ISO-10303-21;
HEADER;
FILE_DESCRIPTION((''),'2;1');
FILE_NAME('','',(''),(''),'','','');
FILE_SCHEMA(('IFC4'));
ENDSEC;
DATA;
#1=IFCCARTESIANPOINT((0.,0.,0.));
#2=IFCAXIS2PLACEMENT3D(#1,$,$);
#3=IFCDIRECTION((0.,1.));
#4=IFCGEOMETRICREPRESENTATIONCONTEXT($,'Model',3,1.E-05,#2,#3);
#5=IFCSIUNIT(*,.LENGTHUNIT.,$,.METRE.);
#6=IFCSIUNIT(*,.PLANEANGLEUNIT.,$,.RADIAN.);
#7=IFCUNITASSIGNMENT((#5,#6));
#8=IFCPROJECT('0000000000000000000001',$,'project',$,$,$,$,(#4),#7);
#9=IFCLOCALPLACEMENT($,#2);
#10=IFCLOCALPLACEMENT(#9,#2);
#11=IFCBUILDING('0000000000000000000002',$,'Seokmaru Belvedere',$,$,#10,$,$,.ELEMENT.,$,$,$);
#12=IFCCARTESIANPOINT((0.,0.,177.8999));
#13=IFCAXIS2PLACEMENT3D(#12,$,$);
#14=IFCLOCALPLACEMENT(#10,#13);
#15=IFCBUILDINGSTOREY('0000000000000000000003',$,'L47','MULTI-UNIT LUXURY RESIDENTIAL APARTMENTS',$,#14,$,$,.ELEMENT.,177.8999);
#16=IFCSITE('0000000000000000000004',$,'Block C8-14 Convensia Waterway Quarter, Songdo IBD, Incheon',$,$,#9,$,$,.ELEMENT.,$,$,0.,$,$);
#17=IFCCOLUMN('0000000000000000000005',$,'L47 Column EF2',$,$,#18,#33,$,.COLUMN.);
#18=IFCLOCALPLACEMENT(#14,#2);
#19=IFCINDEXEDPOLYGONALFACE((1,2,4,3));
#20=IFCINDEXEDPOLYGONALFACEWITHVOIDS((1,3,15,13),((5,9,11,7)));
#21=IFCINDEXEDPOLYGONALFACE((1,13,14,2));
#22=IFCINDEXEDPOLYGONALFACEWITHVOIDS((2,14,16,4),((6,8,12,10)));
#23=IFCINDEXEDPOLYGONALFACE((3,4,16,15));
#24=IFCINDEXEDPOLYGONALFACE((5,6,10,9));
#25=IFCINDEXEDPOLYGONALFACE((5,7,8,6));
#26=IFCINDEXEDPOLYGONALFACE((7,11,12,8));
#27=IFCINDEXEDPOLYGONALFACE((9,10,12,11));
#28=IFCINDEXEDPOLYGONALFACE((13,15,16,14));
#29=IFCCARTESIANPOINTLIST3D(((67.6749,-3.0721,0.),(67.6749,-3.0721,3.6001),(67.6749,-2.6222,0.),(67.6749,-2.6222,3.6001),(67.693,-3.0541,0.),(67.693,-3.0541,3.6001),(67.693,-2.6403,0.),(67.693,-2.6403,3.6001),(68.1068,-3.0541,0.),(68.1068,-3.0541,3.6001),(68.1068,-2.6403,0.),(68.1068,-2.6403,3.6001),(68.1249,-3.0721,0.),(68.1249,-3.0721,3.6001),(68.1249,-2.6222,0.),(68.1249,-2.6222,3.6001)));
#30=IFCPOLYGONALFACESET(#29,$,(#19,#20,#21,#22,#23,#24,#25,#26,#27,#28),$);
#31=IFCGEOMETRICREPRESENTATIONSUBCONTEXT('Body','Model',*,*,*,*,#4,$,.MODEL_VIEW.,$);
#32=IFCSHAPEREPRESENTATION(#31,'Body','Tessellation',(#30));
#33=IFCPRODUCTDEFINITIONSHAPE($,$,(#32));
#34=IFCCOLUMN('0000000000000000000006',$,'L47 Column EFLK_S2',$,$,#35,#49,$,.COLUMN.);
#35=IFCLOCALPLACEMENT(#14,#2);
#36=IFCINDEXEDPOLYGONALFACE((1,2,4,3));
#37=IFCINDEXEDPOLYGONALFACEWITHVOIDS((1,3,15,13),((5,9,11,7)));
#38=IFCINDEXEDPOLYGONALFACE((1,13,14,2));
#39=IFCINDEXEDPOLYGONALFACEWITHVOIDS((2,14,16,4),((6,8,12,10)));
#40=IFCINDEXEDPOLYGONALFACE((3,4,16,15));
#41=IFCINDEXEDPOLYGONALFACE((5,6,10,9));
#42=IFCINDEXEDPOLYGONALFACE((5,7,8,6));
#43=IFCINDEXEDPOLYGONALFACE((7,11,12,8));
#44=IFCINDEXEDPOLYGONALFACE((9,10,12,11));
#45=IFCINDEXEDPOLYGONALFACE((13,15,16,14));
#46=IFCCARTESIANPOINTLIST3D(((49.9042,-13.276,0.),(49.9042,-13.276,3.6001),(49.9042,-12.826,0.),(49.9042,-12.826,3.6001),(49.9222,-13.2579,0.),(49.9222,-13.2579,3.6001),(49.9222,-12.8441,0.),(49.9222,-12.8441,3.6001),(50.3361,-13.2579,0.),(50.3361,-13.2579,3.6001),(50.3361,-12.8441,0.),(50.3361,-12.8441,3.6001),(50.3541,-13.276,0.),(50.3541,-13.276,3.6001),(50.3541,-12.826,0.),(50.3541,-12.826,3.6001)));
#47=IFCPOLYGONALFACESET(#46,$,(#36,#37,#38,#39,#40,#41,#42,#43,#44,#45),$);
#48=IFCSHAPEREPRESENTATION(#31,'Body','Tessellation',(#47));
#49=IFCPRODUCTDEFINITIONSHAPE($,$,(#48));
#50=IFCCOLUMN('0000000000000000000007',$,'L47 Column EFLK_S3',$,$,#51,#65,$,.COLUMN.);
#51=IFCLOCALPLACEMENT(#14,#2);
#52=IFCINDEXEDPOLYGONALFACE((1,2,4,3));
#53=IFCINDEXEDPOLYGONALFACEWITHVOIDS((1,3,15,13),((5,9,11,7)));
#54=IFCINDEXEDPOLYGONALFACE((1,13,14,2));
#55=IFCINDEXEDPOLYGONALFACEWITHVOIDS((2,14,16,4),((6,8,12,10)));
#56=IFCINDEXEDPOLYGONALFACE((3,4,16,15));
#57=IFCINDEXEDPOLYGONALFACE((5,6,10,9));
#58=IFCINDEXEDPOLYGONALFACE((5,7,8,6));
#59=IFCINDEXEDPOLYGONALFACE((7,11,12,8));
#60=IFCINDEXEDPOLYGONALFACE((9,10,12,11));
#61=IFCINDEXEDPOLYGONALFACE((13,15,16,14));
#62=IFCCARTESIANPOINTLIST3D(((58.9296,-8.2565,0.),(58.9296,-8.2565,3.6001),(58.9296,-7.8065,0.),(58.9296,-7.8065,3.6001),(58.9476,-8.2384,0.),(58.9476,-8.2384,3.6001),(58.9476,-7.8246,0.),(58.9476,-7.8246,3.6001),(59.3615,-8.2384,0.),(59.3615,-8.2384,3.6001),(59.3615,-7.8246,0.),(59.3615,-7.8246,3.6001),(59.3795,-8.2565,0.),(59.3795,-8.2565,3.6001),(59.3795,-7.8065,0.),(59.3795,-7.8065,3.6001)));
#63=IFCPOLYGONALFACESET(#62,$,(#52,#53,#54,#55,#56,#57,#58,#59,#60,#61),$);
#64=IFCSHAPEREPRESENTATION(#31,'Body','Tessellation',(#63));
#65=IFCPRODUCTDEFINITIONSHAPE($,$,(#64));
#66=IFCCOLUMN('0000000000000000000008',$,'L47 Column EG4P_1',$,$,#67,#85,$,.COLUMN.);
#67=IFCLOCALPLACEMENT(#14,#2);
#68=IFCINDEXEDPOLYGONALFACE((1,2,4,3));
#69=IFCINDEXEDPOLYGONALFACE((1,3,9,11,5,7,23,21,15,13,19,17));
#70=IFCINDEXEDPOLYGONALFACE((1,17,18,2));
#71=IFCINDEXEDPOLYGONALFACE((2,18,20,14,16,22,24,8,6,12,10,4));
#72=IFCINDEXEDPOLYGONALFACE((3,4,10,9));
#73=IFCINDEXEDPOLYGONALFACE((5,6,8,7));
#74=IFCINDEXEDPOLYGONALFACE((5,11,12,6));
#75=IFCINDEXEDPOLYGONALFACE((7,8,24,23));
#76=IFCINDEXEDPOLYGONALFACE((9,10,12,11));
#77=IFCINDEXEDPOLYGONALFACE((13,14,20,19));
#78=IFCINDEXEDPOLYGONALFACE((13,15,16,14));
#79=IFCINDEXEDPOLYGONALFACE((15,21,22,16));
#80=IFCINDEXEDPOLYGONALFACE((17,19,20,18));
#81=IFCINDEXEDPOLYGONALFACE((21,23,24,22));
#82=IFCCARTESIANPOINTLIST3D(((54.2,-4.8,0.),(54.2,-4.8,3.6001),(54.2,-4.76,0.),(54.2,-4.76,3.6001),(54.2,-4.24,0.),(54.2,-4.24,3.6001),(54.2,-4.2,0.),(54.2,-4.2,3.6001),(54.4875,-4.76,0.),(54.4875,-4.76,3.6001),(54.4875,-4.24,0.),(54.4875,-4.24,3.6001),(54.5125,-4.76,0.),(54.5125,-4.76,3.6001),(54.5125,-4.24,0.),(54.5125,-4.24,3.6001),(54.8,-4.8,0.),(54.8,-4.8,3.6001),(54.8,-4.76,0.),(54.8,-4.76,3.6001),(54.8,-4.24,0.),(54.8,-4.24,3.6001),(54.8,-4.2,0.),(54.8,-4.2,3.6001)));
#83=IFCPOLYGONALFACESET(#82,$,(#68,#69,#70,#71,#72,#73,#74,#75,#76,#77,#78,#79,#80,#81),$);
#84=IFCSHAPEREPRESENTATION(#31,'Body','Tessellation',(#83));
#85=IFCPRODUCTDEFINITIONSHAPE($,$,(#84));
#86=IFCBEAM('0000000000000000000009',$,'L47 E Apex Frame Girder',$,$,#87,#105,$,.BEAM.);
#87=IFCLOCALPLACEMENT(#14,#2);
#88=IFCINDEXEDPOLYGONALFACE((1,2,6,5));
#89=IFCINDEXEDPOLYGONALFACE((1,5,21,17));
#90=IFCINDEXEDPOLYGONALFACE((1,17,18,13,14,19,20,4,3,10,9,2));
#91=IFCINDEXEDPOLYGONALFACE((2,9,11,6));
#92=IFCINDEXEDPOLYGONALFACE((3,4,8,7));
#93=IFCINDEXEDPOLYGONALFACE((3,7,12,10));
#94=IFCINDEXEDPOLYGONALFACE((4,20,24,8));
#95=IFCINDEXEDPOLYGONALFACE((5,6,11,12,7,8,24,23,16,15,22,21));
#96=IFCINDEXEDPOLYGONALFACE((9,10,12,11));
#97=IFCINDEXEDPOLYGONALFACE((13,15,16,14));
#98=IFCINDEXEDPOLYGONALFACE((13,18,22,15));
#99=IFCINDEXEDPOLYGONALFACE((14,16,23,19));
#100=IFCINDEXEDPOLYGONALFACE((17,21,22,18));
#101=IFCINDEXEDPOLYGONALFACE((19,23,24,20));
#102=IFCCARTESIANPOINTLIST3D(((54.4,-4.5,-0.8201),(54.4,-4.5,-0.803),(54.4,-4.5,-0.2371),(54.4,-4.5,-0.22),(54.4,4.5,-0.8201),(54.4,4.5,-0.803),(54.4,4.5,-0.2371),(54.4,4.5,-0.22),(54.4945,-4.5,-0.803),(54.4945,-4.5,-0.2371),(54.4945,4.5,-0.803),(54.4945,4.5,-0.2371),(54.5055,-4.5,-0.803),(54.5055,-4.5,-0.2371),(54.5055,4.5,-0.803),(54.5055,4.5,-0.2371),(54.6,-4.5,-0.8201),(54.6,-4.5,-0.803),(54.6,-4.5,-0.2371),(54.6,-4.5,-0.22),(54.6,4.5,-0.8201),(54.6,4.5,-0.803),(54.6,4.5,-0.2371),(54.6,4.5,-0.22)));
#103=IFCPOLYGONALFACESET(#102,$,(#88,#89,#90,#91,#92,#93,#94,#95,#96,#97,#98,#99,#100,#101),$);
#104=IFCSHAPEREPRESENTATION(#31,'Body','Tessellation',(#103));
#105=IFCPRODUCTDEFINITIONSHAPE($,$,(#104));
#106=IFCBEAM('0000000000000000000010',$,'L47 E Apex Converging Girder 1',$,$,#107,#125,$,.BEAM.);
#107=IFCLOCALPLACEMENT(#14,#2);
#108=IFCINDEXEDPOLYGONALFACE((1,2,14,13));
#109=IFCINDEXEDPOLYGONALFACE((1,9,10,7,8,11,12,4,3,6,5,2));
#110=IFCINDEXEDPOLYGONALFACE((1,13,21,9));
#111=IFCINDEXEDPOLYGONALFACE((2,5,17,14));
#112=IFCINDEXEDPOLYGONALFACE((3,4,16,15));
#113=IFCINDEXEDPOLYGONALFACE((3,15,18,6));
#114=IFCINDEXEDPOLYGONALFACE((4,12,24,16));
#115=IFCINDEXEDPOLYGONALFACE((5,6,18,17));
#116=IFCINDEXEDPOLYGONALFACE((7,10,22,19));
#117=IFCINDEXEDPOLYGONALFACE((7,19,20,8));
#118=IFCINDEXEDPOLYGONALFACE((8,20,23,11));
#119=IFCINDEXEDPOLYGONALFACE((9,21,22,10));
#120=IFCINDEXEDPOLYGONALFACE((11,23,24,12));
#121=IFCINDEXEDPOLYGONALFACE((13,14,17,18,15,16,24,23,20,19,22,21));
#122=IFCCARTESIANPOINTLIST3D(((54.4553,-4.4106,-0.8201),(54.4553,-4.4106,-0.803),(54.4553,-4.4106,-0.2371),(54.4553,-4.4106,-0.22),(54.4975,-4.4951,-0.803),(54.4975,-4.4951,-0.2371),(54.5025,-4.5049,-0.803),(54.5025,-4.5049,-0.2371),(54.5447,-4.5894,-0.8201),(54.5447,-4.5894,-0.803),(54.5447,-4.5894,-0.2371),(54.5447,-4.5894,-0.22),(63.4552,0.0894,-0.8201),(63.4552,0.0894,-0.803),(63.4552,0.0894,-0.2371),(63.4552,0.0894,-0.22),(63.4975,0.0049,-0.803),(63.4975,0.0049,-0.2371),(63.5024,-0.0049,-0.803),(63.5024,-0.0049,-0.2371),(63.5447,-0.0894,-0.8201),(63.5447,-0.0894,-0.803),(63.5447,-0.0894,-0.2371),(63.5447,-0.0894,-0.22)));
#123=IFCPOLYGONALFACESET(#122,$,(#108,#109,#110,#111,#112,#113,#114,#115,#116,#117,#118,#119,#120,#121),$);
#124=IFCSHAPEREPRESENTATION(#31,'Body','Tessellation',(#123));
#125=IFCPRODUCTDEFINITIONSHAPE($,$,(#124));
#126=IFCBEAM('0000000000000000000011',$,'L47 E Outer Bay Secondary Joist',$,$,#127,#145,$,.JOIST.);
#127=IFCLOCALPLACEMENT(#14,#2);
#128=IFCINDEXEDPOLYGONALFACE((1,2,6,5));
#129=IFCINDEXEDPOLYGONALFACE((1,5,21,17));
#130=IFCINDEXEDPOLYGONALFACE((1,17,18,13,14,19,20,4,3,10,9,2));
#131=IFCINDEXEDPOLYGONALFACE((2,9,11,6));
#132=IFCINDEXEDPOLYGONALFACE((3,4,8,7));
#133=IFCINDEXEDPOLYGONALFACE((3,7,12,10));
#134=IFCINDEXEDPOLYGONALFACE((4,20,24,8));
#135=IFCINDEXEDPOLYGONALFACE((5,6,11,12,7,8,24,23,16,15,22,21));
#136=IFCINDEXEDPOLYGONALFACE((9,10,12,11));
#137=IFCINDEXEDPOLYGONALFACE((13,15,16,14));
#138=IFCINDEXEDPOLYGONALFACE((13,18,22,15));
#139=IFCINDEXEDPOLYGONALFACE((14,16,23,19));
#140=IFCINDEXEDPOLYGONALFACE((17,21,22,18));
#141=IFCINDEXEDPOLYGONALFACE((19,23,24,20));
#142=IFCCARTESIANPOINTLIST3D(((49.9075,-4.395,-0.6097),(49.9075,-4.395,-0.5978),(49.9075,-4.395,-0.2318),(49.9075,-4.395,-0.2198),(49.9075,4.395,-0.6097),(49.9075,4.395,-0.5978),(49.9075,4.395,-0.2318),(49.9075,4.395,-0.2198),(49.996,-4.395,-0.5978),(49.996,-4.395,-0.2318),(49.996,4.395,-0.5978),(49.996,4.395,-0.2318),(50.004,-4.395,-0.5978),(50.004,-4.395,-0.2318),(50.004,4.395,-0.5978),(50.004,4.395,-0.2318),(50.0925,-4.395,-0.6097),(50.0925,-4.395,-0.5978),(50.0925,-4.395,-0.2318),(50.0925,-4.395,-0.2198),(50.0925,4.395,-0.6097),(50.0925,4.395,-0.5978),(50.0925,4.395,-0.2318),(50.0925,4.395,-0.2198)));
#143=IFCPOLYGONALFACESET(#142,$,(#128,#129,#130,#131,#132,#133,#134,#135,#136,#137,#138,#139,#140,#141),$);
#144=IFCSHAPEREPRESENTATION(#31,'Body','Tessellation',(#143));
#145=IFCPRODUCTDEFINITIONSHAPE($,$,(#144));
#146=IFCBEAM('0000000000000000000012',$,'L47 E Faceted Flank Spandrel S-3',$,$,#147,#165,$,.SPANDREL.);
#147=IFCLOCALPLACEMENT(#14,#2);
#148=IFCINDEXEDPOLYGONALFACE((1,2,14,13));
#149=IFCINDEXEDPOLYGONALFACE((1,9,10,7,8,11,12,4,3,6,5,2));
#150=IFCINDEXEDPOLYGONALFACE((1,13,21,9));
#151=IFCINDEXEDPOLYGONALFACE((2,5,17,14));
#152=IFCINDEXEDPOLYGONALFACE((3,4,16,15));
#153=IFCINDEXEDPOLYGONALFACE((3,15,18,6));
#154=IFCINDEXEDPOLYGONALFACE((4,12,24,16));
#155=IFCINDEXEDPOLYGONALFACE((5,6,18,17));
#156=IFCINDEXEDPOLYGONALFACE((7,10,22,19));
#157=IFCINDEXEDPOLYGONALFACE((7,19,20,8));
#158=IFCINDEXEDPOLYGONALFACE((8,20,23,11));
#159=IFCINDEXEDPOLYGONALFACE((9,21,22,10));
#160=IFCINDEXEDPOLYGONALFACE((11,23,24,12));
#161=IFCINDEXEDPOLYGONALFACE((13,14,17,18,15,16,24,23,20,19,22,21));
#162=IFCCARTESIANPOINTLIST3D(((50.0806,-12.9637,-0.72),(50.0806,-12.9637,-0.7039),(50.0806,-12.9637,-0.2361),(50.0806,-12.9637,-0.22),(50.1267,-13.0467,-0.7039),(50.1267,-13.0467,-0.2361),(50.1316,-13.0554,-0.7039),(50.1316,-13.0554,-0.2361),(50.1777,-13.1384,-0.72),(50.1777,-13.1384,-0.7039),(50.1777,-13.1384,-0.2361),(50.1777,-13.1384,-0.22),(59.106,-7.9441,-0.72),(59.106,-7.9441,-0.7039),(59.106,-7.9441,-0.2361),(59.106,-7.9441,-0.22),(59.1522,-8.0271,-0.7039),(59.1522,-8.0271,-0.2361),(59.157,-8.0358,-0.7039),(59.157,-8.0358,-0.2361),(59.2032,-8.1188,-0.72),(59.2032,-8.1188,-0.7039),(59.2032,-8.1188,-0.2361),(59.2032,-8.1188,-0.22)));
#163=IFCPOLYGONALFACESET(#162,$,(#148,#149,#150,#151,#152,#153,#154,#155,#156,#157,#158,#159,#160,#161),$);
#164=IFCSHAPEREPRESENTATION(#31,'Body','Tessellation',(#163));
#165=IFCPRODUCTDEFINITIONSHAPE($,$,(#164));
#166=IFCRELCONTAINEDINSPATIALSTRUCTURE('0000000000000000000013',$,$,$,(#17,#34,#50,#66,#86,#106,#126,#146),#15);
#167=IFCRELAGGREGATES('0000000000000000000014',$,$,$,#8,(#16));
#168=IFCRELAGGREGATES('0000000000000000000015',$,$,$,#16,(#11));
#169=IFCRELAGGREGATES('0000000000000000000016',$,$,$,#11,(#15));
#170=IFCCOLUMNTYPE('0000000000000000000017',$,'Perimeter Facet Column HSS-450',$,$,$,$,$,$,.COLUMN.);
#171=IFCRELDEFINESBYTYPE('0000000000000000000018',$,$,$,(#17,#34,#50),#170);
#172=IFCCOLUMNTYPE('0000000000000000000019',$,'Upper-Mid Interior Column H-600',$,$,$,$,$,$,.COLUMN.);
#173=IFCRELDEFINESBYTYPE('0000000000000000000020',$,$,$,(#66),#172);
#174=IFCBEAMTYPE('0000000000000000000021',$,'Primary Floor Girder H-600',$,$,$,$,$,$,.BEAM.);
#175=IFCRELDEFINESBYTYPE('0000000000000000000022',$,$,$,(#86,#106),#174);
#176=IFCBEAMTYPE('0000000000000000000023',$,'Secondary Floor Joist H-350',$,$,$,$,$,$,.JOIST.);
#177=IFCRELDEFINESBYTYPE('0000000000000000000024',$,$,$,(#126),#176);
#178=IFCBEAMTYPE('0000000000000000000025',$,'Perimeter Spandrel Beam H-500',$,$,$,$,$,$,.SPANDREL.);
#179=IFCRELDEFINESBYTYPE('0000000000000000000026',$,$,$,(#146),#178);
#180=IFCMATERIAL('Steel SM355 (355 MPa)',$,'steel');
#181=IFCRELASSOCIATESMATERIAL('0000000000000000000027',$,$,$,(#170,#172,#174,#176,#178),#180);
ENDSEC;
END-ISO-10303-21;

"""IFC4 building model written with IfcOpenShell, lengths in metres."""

from ifc_helpers import new_model, si_unit, direction, frame, origin, origin_2d, place, context, subcontext, project, spatial, hollow_rectangle, i_section, extrude, source, transform, mapped, material, material_profile, profile_set, type_object, type_shapes, element, save


model = new_model("IFC4")

# Units and contexts
model_context = context("Model", 3, precision=1e-05, world=origin(), true_north=direction((0.0, 1.0)))
body_context = subcontext(model_context, "Body", "Model", "MODEL_VIEW")
ifc_project = project(units=[si_unit("LENGTHUNIT", "METRE"), si_unit("PLANEANGLEUNIT", "RADIAN")], contexts=[model_context])

# Site, building, storey
site_placement = place(None, origin())
site = spatial("IfcSite", under=ifc_project, at=site_placement, Name="Block C8-14 Convensia Waterway Quarter, Songdo IBD, Incheon", CompositionType="ELEMENT", RefElevation=0.0)
building_placement = place(site_placement, origin())
building = spatial("IfcBuilding", under=site, at=building_placement, Name="Seokmaru Belvedere", CompositionType="ELEMENT")
storey_placement = place(building_placement, frame((0.0, 0.0, 177.8999)))
storey = spatial("IfcBuildingStorey", under=building, at=storey_placement, Name="L47", Description="MULTI-UNIT LUXURY RESIDENTIAL APARTMENTS", CompositionType="ELEMENT", Elevation=177.8999)

# Columns
ifc_material_1 = material(Name="Steel SM355 (355 MPa)", Category="steel")
ifc_material_profile_1 = material_profile(ifc_material_1, hollow_rectangle(XDim=0.45, YDim=0.45, WallThickness=0.0181, at=origin_2d()), Name="HSS-450x450x18")
ifc_profile_set_1 = profile_set([ifc_material_profile_1], Name="Steel SM355 (355 MPa)")
column_type_1 = type_object("IfcColumnType", Name="Perimeter Facet Column HSS-450", PredefinedType="COLUMN", material=ifc_profile_set_1)
shared_shape_1 = source(origin(), body_context, "Body", "SweptSolid", [
    extrude(hollow_rectangle(XDim=0.45, YDim=0.45, WallThickness=0.0181, at=origin_2d()), origin(), (0.0, 0.0, 1.0), 3.6001),
])
type_shapes(column_type_1, [shared_shape_1])
for number, where, z_axis, x_axis, name in (
    (1, (67.8999, -2.8472, 0.0), (0.0, 0.0, 1.0), (1.0, 0.0, 0.0), "L47 Column EF2"),
    (2, (50.1292, -13.051, 0.0), (0.0, 0.0, 1.0), (1.0, 0.0, 0.0), "L47 Column EFLK_S2"),
    (3, (59.1545, -8.0315, 0.0), (0.0, 0.0, 1.0), (1.0, 0.0, 0.0), "L47 Column EFLK_S3"),
):
    element("IfcColumn", number, at=place(storey_placement, frame(where, z_axis=z_axis, x_axis=x_axis)), inside=storey, type_object=column_type_1, Name=name, PredefinedType="COLUMN", context=body_context, shape_type="MappedRepresentation", body=[
        mapped(shared_shape_1, transform((0.0, 0.0, 0.0), scale=1.0)),
    ])
ifc_material_profile_2 = material_profile(ifc_material_1, i_section(OverallWidth=0.6001, OverallDepth=0.6001, WebThickness=0.0249, FlangeThickness=0.04, at=origin_2d()), Name="H-600x600x25x40")
ifc_profile_set_2 = profile_set([ifc_material_profile_2], Name="Steel SM355 (355 MPa)")
column_type_2 = type_object("IfcColumnType", Name="Upper-Mid Interior Column H-600", PredefinedType="COLUMN", material=ifc_profile_set_2)
shared_shape_2 = source(origin(), body_context, "Body", "SweptSolid", [
    extrude(i_section(OverallWidth=0.6001, OverallDepth=0.6001, WebThickness=0.0249, FlangeThickness=0.04, at=origin_2d()), origin(), (0.0, 0.0, 1.0), 3.6001),
])
type_shapes(column_type_2, [shared_shape_2])
column_placement = place(storey_placement, frame((54.5, -4.5, 0.0), z_axis=(0.0, 0.0, 1.0), x_axis=(1.0, 0.0, 0.0)))
element("IfcColumn", 4, at=column_placement, inside=storey, type_object=column_type_2, Name="L47 Column EG4P_1", PredefinedType="COLUMN", context=body_context, shape_type="MappedRepresentation", body=[
    mapped(shared_shape_2, transform((0.0, 0.0, 0.0), scale=1.0)),
])

# Beams
ifc_material_profile_3 = material_profile(ifc_material_1, i_section(OverallWidth=0.2, OverallDepth=0.6001, WebThickness=0.011, FlangeThickness=0.0171, at=origin_2d()), Name="H-600x200x11x17")
ifc_profile_set_3 = profile_set([ifc_material_profile_3], Name="Steel SM355 (355 MPa)")
beam_type_1 = type_object("IfcBeamType", Name="Primary Floor Girder H-600", PredefinedType="BEAM", material=ifc_profile_set_3)
shared_shape_3 = source(origin(), body_context, "Body", "SweptSolid", [
    extrude(i_section(OverallWidth=0.2, OverallDepth=0.6001, WebThickness=0.011, FlangeThickness=0.0171, at=origin_2d()), origin(), (0.0, 0.0, 1.0), 9.0),
])
beam_1_placement = place(storey_placement, frame((54.5, -4.5, -0.52), z_axis=(0.0, 1.0, 0.0), x_axis=(-1.0, 0.0, 0.0)))
element("IfcBeam", 5, at=beam_1_placement, inside=storey, type_object=beam_type_1, Name="L47 E Apex Frame Girder", PredefinedType="BEAM", context=body_context, shape_type="MappedRepresentation", body=[
    mapped(shared_shape_3, transform((0.0, 0.0, 0.0), scale=1.0)),
])
shared_shape_4 = source(origin(), body_context, "Body", "SweptSolid", [
    extrude(i_section(OverallWidth=0.2, OverallDepth=0.6001, WebThickness=0.011, FlangeThickness=0.0171, at=origin_2d()), origin(), (0.0, 0.0, 1.0), 10.0623),
])
beam_2_placement = place(storey_placement, frame((54.5, -4.5, -0.52), z_axis=(0.894427, 0.447214, 0.0), x_axis=(-0.447214, 0.894427, 0.0)))
element("IfcBeam", 6, at=beam_2_placement, inside=storey, type_object=beam_type_1, Name="L47 E Apex Converging Girder 1", PredefinedType="BEAM", context=body_context, shape_type="MappedRepresentation", body=[
    mapped(shared_shape_4, transform((0.0, 0.0, 0.0), scale=1.0)),
])
ifc_material_profile_4 = material_profile(ifc_material_1, i_section(OverallWidth=0.1851, OverallDepth=0.3899, WebThickness=0.0081, FlangeThickness=0.012, at=origin_2d()), Name="H-390x185x8x12")
ifc_profile_set_4 = profile_set([ifc_material_profile_4], Name="Steel SM355 (355 MPa)")
beam_type_2 = type_object("IfcBeamType", Name="Secondary Floor Joist H-350", PredefinedType="JOIST", material=ifc_profile_set_4)
shared_shape_5 = source(origin(), body_context, "Body", "SweptSolid", [
    extrude(i_section(OverallWidth=0.1851, OverallDepth=0.3899, WebThickness=0.0081, FlangeThickness=0.012, at=origin_2d()), origin(), (0.0, 0.0, 1.0), 8.79),
])
type_shapes(beam_type_2, [shared_shape_5])
beam_3_placement = place(storey_placement, frame((50.0, -4.395, -0.4148), z_axis=(0.0, 1.0, 0.0), x_axis=(-1.0, 0.0, 0.0)))
element("IfcBeam", 7, at=beam_3_placement, inside=storey, type_object=beam_type_2, Name="L47 E Outer Bay Secondary Joist", PredefinedType="JOIST", context=body_context, shape_type="MappedRepresentation", body=[
    mapped(shared_shape_5, transform((0.0, 0.0, 0.0), scale=1.0)),
])
ifc_material_profile_5 = material_profile(ifc_material_1, i_section(OverallWidth=0.2, OverallDepth=0.5, WebThickness=0.01, FlangeThickness=0.0161, at=origin_2d()), Name="H-500x200x10x16")
ifc_profile_set_5 = profile_set([ifc_material_profile_5], Name="Steel SM355 (355 MPa)")
beam_type_3 = type_object("IfcBeamType", Name="Perimeter Spandrel Beam H-500", PredefinedType="SPANDREL", material=ifc_profile_set_5)
shared_shape_6 = source(origin(), body_context, "Body", "SweptSolid", [
    extrude(i_section(OverallWidth=0.2, OverallDepth=0.5, WebThickness=0.01, FlangeThickness=0.0161, at=origin_2d()), origin(), (0.0, 0.0, 1.0), 10.3274),
])
beam_4_placement = place(storey_placement, frame((50.1292, -13.051, -0.47), z_axis=(0.873934, 0.486044, 0.0), x_axis=(-0.486044, 0.873934, 0.0)))
element("IfcBeam", 8, at=beam_4_placement, inside=storey, type_object=beam_type_3, Name="L47 E Faceted Flank Spandrel S-3", PredefinedType="SPANDREL", context=body_context, shape_type="MappedRepresentation", body=[
    mapped(shared_shape_6, transform((0.0, 0.0, 0.0), scale=1.0)),
])

save(model, "model.ifc")
